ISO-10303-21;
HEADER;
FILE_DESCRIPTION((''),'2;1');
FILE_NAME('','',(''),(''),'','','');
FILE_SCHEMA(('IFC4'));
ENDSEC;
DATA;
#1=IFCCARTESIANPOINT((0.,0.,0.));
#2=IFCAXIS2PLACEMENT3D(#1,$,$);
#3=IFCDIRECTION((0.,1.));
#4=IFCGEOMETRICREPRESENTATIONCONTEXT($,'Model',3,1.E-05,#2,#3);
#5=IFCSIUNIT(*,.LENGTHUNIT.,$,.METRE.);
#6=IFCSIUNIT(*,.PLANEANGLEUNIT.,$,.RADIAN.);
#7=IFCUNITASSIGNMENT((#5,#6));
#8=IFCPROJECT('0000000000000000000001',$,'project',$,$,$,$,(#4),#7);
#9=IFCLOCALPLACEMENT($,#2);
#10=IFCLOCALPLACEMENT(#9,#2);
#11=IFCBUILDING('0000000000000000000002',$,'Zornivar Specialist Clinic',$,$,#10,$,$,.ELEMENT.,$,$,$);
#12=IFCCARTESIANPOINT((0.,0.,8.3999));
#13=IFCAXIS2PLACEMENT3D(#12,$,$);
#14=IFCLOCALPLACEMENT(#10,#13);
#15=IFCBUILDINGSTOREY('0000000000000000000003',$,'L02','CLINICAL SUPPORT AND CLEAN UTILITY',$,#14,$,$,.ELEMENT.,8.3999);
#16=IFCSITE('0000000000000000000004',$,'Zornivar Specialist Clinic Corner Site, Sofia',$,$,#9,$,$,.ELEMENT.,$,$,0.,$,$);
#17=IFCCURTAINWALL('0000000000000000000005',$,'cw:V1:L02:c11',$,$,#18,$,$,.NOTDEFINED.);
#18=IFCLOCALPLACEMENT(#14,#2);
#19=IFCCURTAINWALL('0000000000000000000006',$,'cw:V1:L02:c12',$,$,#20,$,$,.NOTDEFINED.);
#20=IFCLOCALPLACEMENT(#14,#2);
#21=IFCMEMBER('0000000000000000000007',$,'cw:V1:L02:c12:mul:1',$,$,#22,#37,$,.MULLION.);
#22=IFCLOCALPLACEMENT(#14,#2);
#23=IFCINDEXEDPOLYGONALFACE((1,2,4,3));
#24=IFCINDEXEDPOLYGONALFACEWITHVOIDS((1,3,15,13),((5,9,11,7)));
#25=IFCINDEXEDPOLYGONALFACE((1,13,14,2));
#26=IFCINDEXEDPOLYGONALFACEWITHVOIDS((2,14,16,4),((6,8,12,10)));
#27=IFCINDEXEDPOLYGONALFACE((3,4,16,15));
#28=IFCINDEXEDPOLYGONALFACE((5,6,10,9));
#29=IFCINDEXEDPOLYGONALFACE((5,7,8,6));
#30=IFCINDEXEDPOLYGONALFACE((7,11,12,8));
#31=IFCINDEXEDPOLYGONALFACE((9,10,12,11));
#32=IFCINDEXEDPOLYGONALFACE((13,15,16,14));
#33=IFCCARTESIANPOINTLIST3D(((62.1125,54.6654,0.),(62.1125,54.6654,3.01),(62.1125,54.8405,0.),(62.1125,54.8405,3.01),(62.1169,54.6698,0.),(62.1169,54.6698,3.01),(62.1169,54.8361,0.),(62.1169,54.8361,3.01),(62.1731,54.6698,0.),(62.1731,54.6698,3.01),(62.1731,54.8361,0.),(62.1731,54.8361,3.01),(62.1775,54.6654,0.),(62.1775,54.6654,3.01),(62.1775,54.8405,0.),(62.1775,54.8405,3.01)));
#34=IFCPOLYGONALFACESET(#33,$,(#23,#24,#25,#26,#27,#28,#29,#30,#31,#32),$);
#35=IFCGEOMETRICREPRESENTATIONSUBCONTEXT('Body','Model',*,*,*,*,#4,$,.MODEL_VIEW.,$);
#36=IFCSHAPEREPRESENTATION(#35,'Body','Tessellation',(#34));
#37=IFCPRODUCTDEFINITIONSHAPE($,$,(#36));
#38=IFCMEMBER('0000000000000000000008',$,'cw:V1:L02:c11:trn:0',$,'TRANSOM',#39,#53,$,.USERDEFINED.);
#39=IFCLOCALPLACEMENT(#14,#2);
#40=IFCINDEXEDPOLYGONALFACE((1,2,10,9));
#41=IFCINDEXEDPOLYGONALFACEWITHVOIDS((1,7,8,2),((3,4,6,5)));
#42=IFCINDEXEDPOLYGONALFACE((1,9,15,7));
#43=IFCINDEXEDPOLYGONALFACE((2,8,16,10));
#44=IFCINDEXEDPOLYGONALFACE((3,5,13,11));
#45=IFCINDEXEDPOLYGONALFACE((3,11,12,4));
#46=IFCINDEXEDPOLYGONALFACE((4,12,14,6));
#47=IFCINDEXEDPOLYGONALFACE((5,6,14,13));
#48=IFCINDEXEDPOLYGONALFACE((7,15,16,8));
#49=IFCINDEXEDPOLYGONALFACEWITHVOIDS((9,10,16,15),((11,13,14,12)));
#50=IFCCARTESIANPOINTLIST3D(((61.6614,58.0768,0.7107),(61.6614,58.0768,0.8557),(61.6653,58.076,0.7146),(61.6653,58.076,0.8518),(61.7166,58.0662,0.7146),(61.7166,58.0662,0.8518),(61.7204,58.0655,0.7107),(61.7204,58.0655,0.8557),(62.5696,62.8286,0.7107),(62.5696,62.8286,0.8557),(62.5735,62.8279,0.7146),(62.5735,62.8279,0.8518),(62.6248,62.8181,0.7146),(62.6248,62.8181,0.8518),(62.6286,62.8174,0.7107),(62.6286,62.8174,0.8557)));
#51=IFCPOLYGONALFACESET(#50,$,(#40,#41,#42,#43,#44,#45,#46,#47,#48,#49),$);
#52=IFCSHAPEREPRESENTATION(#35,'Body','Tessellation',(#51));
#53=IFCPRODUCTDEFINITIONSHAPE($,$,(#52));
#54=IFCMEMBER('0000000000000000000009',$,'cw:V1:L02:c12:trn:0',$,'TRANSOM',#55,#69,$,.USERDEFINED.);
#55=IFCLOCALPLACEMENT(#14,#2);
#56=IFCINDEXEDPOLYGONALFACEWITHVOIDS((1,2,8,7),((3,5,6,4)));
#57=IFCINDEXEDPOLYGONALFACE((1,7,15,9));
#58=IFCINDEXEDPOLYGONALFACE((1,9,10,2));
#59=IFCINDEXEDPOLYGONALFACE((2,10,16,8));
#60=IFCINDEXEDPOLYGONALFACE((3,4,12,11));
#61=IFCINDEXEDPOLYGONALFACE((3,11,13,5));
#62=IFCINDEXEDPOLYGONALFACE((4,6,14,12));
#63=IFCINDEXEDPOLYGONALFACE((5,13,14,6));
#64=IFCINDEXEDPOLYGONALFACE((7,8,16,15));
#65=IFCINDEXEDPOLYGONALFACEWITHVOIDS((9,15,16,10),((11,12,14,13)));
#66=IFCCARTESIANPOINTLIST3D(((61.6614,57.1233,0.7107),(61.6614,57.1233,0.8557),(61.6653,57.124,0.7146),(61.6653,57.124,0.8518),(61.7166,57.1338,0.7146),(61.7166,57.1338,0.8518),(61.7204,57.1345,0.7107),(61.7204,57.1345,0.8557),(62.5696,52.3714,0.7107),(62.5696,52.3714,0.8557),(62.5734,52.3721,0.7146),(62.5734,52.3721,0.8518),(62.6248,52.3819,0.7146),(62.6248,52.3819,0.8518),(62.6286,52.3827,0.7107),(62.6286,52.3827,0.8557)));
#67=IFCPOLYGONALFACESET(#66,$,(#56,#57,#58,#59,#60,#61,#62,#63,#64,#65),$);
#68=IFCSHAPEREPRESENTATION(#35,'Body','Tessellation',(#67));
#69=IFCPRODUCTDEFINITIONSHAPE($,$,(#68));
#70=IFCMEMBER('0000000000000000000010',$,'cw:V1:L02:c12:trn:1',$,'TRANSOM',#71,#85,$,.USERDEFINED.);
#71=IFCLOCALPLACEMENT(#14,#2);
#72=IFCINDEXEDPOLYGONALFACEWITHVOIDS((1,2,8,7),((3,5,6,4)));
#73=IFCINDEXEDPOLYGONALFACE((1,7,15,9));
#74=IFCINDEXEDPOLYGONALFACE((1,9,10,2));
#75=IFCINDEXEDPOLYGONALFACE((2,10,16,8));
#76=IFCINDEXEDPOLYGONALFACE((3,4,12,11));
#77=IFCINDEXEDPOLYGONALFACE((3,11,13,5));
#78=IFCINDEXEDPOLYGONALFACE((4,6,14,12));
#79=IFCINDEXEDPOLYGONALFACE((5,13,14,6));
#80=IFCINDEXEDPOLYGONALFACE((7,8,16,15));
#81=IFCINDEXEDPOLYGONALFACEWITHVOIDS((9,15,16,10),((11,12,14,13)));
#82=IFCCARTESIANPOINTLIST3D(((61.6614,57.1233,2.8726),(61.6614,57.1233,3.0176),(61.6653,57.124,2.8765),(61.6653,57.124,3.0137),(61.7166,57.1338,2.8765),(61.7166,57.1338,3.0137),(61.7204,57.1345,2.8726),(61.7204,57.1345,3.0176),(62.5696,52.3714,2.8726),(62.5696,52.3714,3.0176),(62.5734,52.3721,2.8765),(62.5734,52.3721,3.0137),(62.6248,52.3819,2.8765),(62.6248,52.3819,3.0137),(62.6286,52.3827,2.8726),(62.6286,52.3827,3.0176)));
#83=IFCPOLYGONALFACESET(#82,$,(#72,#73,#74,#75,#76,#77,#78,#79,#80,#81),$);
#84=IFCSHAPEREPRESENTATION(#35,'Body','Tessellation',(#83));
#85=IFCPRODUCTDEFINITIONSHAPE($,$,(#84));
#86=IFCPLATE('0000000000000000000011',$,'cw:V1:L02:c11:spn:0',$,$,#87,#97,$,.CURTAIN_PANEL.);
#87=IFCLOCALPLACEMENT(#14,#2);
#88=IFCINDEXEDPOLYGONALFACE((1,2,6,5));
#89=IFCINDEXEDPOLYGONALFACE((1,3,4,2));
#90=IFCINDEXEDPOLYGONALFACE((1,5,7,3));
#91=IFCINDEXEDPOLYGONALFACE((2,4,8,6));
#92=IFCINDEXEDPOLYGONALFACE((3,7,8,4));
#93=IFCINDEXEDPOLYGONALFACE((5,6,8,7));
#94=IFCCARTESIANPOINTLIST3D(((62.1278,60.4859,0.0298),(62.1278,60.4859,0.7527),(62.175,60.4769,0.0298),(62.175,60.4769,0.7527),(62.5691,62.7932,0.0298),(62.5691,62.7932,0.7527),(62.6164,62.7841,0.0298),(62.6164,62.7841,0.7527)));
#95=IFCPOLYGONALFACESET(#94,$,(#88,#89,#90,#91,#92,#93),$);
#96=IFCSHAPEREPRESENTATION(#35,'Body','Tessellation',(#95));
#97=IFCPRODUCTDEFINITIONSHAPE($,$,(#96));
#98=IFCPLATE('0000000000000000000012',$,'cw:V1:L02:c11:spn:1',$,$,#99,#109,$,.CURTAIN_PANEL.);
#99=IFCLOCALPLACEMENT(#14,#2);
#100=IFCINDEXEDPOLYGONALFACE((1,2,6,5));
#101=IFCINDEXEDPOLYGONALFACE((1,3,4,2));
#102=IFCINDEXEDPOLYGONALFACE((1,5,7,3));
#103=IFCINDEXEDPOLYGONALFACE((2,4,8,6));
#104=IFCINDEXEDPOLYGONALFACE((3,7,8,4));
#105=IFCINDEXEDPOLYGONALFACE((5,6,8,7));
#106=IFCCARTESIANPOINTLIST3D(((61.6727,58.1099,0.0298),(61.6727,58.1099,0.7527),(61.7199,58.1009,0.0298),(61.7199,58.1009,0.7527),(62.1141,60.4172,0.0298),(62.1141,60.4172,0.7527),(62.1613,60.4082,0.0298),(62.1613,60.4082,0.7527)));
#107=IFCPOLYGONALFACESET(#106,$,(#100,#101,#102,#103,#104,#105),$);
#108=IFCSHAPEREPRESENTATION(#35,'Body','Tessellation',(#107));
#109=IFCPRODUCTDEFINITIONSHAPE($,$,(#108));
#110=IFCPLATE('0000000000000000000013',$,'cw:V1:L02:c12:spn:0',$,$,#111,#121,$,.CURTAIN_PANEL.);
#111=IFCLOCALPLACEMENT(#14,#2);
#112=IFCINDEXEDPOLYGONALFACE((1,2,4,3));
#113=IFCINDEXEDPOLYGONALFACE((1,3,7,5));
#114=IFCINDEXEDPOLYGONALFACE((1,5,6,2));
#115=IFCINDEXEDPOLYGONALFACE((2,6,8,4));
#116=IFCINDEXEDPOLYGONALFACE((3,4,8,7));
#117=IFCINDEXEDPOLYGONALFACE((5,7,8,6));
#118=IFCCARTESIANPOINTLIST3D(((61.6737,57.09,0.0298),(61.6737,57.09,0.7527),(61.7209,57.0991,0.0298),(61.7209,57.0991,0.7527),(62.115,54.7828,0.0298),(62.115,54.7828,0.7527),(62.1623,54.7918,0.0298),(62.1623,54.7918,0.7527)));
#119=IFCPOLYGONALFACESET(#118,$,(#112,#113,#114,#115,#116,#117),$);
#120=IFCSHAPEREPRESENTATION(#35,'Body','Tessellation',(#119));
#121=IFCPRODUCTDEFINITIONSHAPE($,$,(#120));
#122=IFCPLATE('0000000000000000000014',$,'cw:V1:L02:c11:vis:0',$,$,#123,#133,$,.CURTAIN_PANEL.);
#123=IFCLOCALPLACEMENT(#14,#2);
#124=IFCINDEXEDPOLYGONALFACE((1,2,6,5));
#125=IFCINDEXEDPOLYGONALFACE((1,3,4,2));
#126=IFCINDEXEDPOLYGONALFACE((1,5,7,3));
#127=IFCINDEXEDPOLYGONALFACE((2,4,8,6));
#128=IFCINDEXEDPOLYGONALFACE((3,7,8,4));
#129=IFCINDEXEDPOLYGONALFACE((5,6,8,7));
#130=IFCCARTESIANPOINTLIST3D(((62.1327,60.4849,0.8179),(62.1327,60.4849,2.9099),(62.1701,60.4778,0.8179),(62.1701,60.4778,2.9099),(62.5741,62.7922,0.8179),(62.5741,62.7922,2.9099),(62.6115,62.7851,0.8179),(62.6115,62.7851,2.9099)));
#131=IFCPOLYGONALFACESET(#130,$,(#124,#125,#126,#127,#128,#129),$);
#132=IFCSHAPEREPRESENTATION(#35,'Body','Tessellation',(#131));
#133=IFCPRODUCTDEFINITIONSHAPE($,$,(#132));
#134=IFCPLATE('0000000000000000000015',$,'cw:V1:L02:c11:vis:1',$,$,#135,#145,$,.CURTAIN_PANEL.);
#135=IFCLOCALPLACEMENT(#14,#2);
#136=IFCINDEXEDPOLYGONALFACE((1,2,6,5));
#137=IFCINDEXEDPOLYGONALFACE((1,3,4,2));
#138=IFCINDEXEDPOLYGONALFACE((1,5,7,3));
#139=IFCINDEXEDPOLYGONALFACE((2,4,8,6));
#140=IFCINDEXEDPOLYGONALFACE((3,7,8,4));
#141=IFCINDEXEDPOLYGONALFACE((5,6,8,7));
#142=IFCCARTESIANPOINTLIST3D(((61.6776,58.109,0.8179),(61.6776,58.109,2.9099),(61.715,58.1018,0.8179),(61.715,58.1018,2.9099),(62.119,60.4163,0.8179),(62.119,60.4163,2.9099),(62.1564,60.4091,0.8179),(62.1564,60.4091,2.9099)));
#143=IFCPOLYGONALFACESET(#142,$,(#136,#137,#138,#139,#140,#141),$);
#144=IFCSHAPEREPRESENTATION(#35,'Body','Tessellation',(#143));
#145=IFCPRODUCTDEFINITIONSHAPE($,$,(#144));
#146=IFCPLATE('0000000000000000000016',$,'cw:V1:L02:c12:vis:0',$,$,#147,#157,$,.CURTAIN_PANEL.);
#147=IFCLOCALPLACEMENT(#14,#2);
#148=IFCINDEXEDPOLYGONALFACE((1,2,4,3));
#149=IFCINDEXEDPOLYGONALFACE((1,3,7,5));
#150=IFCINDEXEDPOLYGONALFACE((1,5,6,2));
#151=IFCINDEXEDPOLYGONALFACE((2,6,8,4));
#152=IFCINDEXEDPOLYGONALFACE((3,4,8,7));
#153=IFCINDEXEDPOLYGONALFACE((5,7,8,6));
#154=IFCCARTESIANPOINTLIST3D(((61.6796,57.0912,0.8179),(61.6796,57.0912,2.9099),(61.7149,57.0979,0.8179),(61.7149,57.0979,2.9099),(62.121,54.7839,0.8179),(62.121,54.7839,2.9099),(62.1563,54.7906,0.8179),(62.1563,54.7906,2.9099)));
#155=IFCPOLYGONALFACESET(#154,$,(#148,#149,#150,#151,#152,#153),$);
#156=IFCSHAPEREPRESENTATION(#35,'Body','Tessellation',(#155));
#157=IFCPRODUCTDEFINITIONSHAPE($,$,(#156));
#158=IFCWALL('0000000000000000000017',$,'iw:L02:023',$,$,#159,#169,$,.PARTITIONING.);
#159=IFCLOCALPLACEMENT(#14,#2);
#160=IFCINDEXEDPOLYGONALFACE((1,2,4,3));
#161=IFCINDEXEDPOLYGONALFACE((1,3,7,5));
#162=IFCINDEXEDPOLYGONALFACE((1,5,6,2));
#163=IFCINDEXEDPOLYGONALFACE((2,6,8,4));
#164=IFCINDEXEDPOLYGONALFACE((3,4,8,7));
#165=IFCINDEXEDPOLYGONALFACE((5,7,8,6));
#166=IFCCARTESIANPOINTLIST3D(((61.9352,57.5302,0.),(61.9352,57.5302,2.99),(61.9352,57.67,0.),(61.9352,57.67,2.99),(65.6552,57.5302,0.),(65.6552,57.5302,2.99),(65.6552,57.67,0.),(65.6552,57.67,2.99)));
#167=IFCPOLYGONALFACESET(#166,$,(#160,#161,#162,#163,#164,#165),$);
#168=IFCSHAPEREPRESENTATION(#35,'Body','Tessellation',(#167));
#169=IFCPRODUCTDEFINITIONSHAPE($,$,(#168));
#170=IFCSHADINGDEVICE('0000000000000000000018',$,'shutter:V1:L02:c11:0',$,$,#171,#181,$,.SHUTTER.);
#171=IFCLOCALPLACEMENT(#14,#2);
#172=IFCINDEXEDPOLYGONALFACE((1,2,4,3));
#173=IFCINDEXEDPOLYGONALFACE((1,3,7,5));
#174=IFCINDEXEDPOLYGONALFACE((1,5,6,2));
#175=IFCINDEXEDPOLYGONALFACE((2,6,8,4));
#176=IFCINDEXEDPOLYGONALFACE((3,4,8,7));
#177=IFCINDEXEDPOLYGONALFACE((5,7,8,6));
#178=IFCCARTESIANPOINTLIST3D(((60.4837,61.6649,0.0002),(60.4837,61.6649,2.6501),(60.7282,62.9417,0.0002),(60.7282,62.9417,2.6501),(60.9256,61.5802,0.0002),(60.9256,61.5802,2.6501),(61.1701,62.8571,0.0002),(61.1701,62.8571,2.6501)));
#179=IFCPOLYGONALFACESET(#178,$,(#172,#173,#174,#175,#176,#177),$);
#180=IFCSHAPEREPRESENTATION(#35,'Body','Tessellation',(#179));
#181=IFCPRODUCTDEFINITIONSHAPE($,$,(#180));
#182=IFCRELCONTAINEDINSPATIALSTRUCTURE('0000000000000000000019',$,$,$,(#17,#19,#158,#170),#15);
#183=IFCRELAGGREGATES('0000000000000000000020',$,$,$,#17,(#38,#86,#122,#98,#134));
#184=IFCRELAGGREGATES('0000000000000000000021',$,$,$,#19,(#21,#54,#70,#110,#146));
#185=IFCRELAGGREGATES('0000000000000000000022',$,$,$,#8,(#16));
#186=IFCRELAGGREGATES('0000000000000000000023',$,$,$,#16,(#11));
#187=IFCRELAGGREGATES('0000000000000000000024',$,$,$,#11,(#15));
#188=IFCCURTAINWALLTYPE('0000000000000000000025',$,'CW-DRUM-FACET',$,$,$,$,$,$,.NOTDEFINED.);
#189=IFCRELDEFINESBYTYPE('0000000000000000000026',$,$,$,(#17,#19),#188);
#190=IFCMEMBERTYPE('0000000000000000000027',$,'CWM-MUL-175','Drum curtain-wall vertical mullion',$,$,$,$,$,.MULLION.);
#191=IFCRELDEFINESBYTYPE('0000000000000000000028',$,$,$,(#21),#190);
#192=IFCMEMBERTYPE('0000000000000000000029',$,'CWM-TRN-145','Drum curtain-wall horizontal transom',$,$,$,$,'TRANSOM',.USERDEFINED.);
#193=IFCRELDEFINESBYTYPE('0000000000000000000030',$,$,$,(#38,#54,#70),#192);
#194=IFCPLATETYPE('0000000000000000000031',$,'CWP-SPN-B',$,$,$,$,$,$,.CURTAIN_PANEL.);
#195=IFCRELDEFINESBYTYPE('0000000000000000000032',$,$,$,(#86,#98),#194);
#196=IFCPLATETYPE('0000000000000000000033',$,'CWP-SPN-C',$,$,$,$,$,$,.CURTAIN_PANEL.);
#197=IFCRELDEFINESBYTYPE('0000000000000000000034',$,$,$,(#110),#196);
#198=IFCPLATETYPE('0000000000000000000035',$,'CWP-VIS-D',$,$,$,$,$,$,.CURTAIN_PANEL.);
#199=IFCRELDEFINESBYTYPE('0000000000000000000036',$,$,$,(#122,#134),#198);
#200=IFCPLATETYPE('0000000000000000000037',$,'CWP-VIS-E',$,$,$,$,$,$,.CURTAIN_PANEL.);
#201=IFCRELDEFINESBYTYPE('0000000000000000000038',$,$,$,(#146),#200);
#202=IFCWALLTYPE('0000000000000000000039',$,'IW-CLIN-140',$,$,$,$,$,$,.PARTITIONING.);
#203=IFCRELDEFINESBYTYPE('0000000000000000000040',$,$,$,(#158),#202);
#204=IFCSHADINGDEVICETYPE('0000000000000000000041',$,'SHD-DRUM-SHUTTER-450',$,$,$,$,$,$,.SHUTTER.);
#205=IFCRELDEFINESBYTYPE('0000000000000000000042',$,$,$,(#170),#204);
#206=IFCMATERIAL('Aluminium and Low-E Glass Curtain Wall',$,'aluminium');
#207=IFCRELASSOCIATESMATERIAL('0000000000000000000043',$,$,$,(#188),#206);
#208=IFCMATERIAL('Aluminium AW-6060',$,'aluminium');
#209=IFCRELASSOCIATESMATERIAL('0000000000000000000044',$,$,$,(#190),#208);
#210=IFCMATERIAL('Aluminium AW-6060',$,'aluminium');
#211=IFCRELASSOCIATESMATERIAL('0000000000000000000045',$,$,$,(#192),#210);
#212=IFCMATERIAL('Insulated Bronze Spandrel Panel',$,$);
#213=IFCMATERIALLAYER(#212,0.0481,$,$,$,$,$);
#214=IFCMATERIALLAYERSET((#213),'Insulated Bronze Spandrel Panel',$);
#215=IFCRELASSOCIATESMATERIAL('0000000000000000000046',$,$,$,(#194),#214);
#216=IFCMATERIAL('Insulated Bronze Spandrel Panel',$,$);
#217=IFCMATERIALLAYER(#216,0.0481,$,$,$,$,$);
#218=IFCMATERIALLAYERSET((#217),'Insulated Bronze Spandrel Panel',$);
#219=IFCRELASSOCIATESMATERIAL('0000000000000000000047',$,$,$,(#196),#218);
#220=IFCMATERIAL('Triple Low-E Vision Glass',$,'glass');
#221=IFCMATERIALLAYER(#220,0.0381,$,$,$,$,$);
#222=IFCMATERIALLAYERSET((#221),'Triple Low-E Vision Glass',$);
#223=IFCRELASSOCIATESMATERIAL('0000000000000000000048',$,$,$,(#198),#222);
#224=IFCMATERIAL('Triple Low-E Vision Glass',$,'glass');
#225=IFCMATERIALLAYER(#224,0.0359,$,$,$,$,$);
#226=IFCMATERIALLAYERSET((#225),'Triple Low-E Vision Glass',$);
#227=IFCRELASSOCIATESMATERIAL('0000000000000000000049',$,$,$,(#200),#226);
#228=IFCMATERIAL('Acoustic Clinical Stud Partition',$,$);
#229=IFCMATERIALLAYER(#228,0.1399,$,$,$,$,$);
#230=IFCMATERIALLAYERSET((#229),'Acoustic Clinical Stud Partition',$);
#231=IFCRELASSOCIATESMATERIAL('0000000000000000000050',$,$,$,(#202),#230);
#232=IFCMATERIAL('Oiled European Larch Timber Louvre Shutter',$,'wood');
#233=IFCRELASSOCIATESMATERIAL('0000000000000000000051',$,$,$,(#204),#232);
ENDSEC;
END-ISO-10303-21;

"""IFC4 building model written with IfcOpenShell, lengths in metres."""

from ifc_helpers import new_model, si_unit, direction, frame, frame_2d, origin, origin_2d, place, context, subcontext, project, spatial, rectangle, hollow_rectangle, extrude, material, layer, layer_set, material_profile, profile_set, type_object, element, aggregate, save


model = new_model("IFC4")

# Units and contexts
model_context = context("Model", 3, precision=1e-05, world=origin(), true_north=direction((0.0, 1.0)))
body_context = subcontext(model_context, "Body", "Model", "MODEL_VIEW")
ifc_project = project(units=[si_unit("LENGTHUNIT", "METRE"), si_unit("PLANEANGLEUNIT", "RADIAN")], contexts=[model_context])

# Site, building, storey
site_placement = place(None, origin())
site = spatial("IfcSite", under=ifc_project, at=site_placement, Name="Zornivar Specialist Clinic Corner Site, Sofia", CompositionType="ELEMENT", RefElevation=0.0)
building_placement = place(site_placement, origin())
building = spatial("IfcBuilding", under=site, at=building_placement, Name="Zornivar Specialist Clinic", CompositionType="ELEMENT")
storey_placement = place(building_placement, frame((0.0, 0.0, 8.3999)))
storey = spatial("IfcBuildingStorey", under=building, at=storey_placement, Name="L02", Description="CLINICAL SUPPORT AND CLEAN UTILITY", CompositionType="ELEMENT", Elevation=8.3999)

# Curtain walls, member
ifc_material_1 = material(Name="Aluminium and Low-E Glass Curtain Wall", Category="aluminium")
curtain_wall_type = type_object("IfcCurtainWallType", Name="CW-DRUM-FACET", PredefinedType="NOTDEFINED", material=ifc_material_1)
curtain_wall_1_placement = place(storey_placement, origin())
curtain_wall_1 = element("IfcCurtainWall", 1, at=curtain_wall_1_placement, inside=storey, type_object=curtain_wall_type, Name="cw:V1:L02:c11", PredefinedType="NOTDEFINED")
ifc_material_2 = material(Name="Aluminium AW-6060", Category="aluminium")
ifc_material_profile_1 = material_profile(ifc_material_2, hollow_rectangle(XDim=0.0649, YDim=0.175, WallThickness=0.0044, at=origin_2d()), Name="ALU 65x175x4.5")
ifc_profile_set_1 = profile_set([ifc_material_profile_1], Name="Aluminium AW-6060")
member_type_1 = type_object("IfcMemberType", Name="CWM-MUL-175", Description="Drum curtain-wall vertical mullion", PredefinedType="MULLION", material=ifc_profile_set_1)
curtain_wall_2_placement = place(storey_placement, origin())
curtain_wall_2 = element("IfcCurtainWall", 2, at=curtain_wall_2_placement, inside=storey, type_object=curtain_wall_type, Name="cw:V1:L02:c12", PredefinedType="NOTDEFINED")
member_1_placement = place(storey_placement, frame((62.145, 54.7529, 0.0), z_axis=(0.0, 0.0, 1.0), x_axis=(1.0, 0.0, 0.0)))
member_1 = element("IfcMember", 3, at=member_1_placement, type_object=member_type_1, Name="cw:V1:L02:c12:mul:1", PredefinedType="MULLION", context=body_context, shape_type="SweptSolid", body=[
    extrude(hollow_rectangle(XDim=0.0649, YDim=0.175, WallThickness=0.0044, at=origin_2d()), origin(), (0.0, 0.0, 1.0), 3.01),
])

# Members
ifc_material_3 = material(Name="Aluminium AW-6060", Category="aluminium")
ifc_material_profile_2 = material_profile(ifc_material_3, hollow_rectangle(XDim=0.0601, YDim=0.145, WallThickness=0.0039, at=origin_2d()), Name="ALU 60x145x4")
ifc_profile_set_2 = profile_set([ifc_material_profile_2], Name="Aluminium AW-6060")
member_type_2 = type_object("IfcMemberType", Name="CWM-TRN-145", Description="Drum curtain-wall horizontal transom", ElementType="TRANSOM", PredefinedType="USERDEFINED", material=ifc_profile_set_2)
member_2_placement = place(storey_placement, frame((62.5991, 62.823, 0.7832), z_axis=(-0.187724, -0.982222, 0.0), x_axis=(0.982222, -0.187724, 0.0)))
member_2 = element("IfcMember", 4, at=member_2_placement, type_object=member_type_2, Name="cw:V1:L02:c11:trn:0", ObjectType="TRANSOM", PredefinedType="USERDEFINED", context=body_context, shape_type="SweptSolid", body=[
    extrude(hollow_rectangle(XDim=0.0601, YDim=0.145, WallThickness=0.0039, at=origin_2d()), origin(), (0.0, 0.0, 1.0), 4.8379),
])
member_3_placement = place(storey_placement, frame((61.6909, 57.1289, 0.7832), z_axis=(0.187724, -0.982222, 0.0), x_axis=(0.982222, 0.187724, 0.0)))
member_3 = element("IfcMember", 5, at=member_3_placement, type_object=member_type_2, Name="cw:V1:L02:c12:trn:0", ObjectType="TRANSOM", PredefinedType="USERDEFINED", context=body_context, shape_type="SweptSolid", body=[
    extrude(hollow_rectangle(XDim=0.0601, YDim=0.145, WallThickness=0.0039, at=origin_2d()), origin(), (0.0, 0.0, 1.0), 4.8379),
])
member_4_placement = place(storey_placement, frame((61.6909, 57.1289, 2.9451), z_axis=(0.187724, -0.982222, 0.0), x_axis=(0.982222, 0.187724, 0.0)))
member_4 = element("IfcMember", 6, at=member_4_placement, type_object=member_type_2, Name="cw:V1:L02:c12:trn:1", ObjectType="TRANSOM", PredefinedType="USERDEFINED", context=body_context, shape_type="SweptSolid", body=[
    extrude(hollow_rectangle(XDim=0.0601, YDim=0.145, WallThickness=0.0039, at=origin_2d()), origin(), (0.0, 0.0, 1.0), 4.8379),
])

# Plates
ifc_material_4 = material(Name="Insulated Bronze Spandrel Panel")
ifc_layer_1 = layer(ifc_material_4, 0.0481)
ifc_layer_set_1 = layer_set([ifc_layer_1], Name="Insulated Bronze Spandrel Panel")
plate_type_1 = type_object("IfcPlateType", Name="CWP-SPN-B", PredefinedType="CURTAIN_PANEL", material=ifc_layer_set_1)
plate_1_placement = place(storey_placement, frame((62.3721, 61.635, 0.0298), z_axis=(0.0, 0.0, 1.0), x_axis=(-0.187897, -0.982189, 0.0)))
plate_1 = element("IfcPlate", 7, at=plate_1_placement, type_object=plate_type_1, Name="cw:V1:L02:c11:spn:0", PredefinedType="CURTAIN_PANEL", context=body_context, shape_type="SweptSolid", body=[
    extrude(rectangle(XDim=2.3491, YDim=0.0481, at=origin_2d()), origin(), (0.0, 0.0, 1.0), 0.7229),
])
plate_2_placement = place(storey_placement, frame((61.917, 59.259, 0.0298), z_axis=(0.0, 0.0, 1.0), x_axis=(-0.187897, -0.982189, 0.0)))
plate_2 = element("IfcPlate", 8, at=plate_2_placement, type_object=plate_type_1, Name="cw:V1:L02:c11:spn:1", PredefinedType="CURTAIN_PANEL", context=body_context, shape_type="SweptSolid", body=[
    extrude(rectangle(XDim=2.3491, YDim=0.0481, at=origin_2d()), origin(), (0.0, 0.0, 1.0), 0.7229),
])
ifc_material_5 = material(Name="Insulated Bronze Spandrel Panel")
ifc_layer_2 = layer(ifc_material_5, 0.0481)
ifc_layer_set_2 = layer_set([ifc_layer_2], Name="Insulated Bronze Spandrel Panel")
plate_type_2 = type_object("IfcPlateType", Name="CWP-SPN-C", PredefinedType="CURTAIN_PANEL", material=ifc_layer_set_2)
plate_3_placement = place(storey_placement, frame((61.918, 55.9409, 0.0298), z_axis=(0.0, 0.0, 1.0), x_axis=(0.187897, -0.982189, 0.0)))
plate_3 = element("IfcPlate", 9, at=plate_3_placement, type_object=plate_type_2, Name="cw:V1:L02:c12:spn:0", PredefinedType="CURTAIN_PANEL", context=body_context, shape_type="SweptSolid", body=[
    extrude(rectangle(XDim=2.3491, YDim=0.0481, at=origin_2d()), origin(), (0.0, 0.0, 1.0), 0.7229),
])
ifc_material_6 = material(Name="Triple Low-E Vision Glass", Category="glass")
ifc_layer_3 = layer(ifc_material_6, 0.0381)
ifc_layer_set_3 = layer_set([ifc_layer_3], Name="Triple Low-E Vision Glass")
plate_type_3 = type_object("IfcPlateType", Name="CWP-VIS-D", PredefinedType="CURTAIN_PANEL", material=ifc_layer_set_3)
plate_4_placement = place(storey_placement, frame((62.3721, 61.635, 0.8179), z_axis=(0.0, 0.0, 1.0), x_axis=(-0.187897, -0.982189, 0.0)))
plate_4 = element("IfcPlate", 10, at=plate_4_placement, type_object=plate_type_3, Name="cw:V1:L02:c11:vis:0", PredefinedType="CURTAIN_PANEL", context=body_context, shape_type="SweptSolid", body=[
    extrude(rectangle(XDim=2.3491, YDim=0.0381, at=origin_2d()), origin(), (0.0, 0.0, 1.0), 2.092),
])
plate_5_placement = place(storey_placement, frame((61.917, 59.259, 0.8179), z_axis=(0.0, 0.0, 1.0), x_axis=(-0.187897, -0.982189, 0.0)))
plate_5 = element("IfcPlate", 11, at=plate_5_placement, type_object=plate_type_3, Name="cw:V1:L02:c11:vis:1", PredefinedType="CURTAIN_PANEL", context=body_context, shape_type="SweptSolid", body=[
    extrude(rectangle(XDim=2.3491, YDim=0.0381, at=origin_2d()), origin(), (0.0, 0.0, 1.0), 2.092),
])
aggregate(curtain_wall_1, [member_2, plate_1, plate_4, plate_2, plate_5])
ifc_material_7 = material(Name="Triple Low-E Vision Glass", Category="glass")
ifc_layer_4 = layer(ifc_material_7, 0.0359)
ifc_layer_set_4 = layer_set([ifc_layer_4], Name="Triple Low-E Vision Glass")
plate_type_4 = type_object("IfcPlateType", Name="CWP-VIS-E", PredefinedType="CURTAIN_PANEL", material=ifc_layer_set_4)
plate_6_placement = place(storey_placement, frame((61.918, 55.9409, 0.8179), z_axis=(0.0, 0.0, 1.0), x_axis=(0.187897, -0.982189, 0.0)))
plate_6 = element("IfcPlate", 12, at=plate_6_placement, type_object=plate_type_4, Name="cw:V1:L02:c12:vis:0", PredefinedType="CURTAIN_PANEL", context=body_context, shape_type="SweptSolid", body=[
    extrude(rectangle(XDim=2.3491, YDim=0.0359, at=origin_2d()), origin(), (0.0, 0.0, 1.0), 2.092),
])
aggregate(curtain_wall_2, [member_1, member_3, member_4, plate_3, plate_6])

# Wall
ifc_material_8 = material(Name="Acoustic Clinical Stud Partition")
ifc_layer_5 = layer(ifc_material_8, 0.1399)
ifc_layer_set_5 = layer_set([ifc_layer_5], Name="Acoustic Clinical Stud Partition")
wall_type = type_object("IfcWallType", Name="IW-CLIN-140", PredefinedType="PARTITIONING", material=ifc_layer_set_5)
wall_placement = place(storey_placement, frame((65.655, 57.6001, 0.0), z_axis=(0.0, 0.0, 1.0), x_axis=(-1.0, 0.0, 0.0)))
element("IfcWall", 13, at=wall_placement, inside=storey, type_object=wall_type, Name="iw:L02:023", PredefinedType="PARTITIONING", context=body_context, shape_type="SweptSolid", body=[
    extrude(rectangle(XDim=3.72, YDim=0.1399, at=frame_2d((1.8599, 0.0))), origin(), (0.0, 0.0, 1.0), 2.99),
])

# Shading device
ifc_material_9 = material(Name="Oiled European Larch Timber Louvre Shutter", Category="wood")
shading_device_type = type_object("IfcShadingDeviceType", Name="SHD-DRUM-SHUTTER-450", PredefinedType="SHUTTER", material=ifc_material_9)
for number, where, z_axis, x_axis, name in (
    (14, (60.8269, 62.261, 0.0002), (0.0, 0.0, 1.0), (-0.188099, -0.98215, 0.0), "shutter:V1:L02:c11:0"),
):
    element("IfcShadingDevice", number, at=place(storey_placement, frame(where, z_axis=z_axis, x_axis=x_axis)), inside=storey, type_object=shading_device_type, Name=name, PredefinedType="SHUTTER", context=body_context, shape_type="SweptSolid", body=[
        extrude(rectangle(XDim=1.3, YDim=0.45, at=origin_2d()), origin(), (0.0, 0.0, 1.0), 2.6499),
    ])

save(model, "model.ifc")
